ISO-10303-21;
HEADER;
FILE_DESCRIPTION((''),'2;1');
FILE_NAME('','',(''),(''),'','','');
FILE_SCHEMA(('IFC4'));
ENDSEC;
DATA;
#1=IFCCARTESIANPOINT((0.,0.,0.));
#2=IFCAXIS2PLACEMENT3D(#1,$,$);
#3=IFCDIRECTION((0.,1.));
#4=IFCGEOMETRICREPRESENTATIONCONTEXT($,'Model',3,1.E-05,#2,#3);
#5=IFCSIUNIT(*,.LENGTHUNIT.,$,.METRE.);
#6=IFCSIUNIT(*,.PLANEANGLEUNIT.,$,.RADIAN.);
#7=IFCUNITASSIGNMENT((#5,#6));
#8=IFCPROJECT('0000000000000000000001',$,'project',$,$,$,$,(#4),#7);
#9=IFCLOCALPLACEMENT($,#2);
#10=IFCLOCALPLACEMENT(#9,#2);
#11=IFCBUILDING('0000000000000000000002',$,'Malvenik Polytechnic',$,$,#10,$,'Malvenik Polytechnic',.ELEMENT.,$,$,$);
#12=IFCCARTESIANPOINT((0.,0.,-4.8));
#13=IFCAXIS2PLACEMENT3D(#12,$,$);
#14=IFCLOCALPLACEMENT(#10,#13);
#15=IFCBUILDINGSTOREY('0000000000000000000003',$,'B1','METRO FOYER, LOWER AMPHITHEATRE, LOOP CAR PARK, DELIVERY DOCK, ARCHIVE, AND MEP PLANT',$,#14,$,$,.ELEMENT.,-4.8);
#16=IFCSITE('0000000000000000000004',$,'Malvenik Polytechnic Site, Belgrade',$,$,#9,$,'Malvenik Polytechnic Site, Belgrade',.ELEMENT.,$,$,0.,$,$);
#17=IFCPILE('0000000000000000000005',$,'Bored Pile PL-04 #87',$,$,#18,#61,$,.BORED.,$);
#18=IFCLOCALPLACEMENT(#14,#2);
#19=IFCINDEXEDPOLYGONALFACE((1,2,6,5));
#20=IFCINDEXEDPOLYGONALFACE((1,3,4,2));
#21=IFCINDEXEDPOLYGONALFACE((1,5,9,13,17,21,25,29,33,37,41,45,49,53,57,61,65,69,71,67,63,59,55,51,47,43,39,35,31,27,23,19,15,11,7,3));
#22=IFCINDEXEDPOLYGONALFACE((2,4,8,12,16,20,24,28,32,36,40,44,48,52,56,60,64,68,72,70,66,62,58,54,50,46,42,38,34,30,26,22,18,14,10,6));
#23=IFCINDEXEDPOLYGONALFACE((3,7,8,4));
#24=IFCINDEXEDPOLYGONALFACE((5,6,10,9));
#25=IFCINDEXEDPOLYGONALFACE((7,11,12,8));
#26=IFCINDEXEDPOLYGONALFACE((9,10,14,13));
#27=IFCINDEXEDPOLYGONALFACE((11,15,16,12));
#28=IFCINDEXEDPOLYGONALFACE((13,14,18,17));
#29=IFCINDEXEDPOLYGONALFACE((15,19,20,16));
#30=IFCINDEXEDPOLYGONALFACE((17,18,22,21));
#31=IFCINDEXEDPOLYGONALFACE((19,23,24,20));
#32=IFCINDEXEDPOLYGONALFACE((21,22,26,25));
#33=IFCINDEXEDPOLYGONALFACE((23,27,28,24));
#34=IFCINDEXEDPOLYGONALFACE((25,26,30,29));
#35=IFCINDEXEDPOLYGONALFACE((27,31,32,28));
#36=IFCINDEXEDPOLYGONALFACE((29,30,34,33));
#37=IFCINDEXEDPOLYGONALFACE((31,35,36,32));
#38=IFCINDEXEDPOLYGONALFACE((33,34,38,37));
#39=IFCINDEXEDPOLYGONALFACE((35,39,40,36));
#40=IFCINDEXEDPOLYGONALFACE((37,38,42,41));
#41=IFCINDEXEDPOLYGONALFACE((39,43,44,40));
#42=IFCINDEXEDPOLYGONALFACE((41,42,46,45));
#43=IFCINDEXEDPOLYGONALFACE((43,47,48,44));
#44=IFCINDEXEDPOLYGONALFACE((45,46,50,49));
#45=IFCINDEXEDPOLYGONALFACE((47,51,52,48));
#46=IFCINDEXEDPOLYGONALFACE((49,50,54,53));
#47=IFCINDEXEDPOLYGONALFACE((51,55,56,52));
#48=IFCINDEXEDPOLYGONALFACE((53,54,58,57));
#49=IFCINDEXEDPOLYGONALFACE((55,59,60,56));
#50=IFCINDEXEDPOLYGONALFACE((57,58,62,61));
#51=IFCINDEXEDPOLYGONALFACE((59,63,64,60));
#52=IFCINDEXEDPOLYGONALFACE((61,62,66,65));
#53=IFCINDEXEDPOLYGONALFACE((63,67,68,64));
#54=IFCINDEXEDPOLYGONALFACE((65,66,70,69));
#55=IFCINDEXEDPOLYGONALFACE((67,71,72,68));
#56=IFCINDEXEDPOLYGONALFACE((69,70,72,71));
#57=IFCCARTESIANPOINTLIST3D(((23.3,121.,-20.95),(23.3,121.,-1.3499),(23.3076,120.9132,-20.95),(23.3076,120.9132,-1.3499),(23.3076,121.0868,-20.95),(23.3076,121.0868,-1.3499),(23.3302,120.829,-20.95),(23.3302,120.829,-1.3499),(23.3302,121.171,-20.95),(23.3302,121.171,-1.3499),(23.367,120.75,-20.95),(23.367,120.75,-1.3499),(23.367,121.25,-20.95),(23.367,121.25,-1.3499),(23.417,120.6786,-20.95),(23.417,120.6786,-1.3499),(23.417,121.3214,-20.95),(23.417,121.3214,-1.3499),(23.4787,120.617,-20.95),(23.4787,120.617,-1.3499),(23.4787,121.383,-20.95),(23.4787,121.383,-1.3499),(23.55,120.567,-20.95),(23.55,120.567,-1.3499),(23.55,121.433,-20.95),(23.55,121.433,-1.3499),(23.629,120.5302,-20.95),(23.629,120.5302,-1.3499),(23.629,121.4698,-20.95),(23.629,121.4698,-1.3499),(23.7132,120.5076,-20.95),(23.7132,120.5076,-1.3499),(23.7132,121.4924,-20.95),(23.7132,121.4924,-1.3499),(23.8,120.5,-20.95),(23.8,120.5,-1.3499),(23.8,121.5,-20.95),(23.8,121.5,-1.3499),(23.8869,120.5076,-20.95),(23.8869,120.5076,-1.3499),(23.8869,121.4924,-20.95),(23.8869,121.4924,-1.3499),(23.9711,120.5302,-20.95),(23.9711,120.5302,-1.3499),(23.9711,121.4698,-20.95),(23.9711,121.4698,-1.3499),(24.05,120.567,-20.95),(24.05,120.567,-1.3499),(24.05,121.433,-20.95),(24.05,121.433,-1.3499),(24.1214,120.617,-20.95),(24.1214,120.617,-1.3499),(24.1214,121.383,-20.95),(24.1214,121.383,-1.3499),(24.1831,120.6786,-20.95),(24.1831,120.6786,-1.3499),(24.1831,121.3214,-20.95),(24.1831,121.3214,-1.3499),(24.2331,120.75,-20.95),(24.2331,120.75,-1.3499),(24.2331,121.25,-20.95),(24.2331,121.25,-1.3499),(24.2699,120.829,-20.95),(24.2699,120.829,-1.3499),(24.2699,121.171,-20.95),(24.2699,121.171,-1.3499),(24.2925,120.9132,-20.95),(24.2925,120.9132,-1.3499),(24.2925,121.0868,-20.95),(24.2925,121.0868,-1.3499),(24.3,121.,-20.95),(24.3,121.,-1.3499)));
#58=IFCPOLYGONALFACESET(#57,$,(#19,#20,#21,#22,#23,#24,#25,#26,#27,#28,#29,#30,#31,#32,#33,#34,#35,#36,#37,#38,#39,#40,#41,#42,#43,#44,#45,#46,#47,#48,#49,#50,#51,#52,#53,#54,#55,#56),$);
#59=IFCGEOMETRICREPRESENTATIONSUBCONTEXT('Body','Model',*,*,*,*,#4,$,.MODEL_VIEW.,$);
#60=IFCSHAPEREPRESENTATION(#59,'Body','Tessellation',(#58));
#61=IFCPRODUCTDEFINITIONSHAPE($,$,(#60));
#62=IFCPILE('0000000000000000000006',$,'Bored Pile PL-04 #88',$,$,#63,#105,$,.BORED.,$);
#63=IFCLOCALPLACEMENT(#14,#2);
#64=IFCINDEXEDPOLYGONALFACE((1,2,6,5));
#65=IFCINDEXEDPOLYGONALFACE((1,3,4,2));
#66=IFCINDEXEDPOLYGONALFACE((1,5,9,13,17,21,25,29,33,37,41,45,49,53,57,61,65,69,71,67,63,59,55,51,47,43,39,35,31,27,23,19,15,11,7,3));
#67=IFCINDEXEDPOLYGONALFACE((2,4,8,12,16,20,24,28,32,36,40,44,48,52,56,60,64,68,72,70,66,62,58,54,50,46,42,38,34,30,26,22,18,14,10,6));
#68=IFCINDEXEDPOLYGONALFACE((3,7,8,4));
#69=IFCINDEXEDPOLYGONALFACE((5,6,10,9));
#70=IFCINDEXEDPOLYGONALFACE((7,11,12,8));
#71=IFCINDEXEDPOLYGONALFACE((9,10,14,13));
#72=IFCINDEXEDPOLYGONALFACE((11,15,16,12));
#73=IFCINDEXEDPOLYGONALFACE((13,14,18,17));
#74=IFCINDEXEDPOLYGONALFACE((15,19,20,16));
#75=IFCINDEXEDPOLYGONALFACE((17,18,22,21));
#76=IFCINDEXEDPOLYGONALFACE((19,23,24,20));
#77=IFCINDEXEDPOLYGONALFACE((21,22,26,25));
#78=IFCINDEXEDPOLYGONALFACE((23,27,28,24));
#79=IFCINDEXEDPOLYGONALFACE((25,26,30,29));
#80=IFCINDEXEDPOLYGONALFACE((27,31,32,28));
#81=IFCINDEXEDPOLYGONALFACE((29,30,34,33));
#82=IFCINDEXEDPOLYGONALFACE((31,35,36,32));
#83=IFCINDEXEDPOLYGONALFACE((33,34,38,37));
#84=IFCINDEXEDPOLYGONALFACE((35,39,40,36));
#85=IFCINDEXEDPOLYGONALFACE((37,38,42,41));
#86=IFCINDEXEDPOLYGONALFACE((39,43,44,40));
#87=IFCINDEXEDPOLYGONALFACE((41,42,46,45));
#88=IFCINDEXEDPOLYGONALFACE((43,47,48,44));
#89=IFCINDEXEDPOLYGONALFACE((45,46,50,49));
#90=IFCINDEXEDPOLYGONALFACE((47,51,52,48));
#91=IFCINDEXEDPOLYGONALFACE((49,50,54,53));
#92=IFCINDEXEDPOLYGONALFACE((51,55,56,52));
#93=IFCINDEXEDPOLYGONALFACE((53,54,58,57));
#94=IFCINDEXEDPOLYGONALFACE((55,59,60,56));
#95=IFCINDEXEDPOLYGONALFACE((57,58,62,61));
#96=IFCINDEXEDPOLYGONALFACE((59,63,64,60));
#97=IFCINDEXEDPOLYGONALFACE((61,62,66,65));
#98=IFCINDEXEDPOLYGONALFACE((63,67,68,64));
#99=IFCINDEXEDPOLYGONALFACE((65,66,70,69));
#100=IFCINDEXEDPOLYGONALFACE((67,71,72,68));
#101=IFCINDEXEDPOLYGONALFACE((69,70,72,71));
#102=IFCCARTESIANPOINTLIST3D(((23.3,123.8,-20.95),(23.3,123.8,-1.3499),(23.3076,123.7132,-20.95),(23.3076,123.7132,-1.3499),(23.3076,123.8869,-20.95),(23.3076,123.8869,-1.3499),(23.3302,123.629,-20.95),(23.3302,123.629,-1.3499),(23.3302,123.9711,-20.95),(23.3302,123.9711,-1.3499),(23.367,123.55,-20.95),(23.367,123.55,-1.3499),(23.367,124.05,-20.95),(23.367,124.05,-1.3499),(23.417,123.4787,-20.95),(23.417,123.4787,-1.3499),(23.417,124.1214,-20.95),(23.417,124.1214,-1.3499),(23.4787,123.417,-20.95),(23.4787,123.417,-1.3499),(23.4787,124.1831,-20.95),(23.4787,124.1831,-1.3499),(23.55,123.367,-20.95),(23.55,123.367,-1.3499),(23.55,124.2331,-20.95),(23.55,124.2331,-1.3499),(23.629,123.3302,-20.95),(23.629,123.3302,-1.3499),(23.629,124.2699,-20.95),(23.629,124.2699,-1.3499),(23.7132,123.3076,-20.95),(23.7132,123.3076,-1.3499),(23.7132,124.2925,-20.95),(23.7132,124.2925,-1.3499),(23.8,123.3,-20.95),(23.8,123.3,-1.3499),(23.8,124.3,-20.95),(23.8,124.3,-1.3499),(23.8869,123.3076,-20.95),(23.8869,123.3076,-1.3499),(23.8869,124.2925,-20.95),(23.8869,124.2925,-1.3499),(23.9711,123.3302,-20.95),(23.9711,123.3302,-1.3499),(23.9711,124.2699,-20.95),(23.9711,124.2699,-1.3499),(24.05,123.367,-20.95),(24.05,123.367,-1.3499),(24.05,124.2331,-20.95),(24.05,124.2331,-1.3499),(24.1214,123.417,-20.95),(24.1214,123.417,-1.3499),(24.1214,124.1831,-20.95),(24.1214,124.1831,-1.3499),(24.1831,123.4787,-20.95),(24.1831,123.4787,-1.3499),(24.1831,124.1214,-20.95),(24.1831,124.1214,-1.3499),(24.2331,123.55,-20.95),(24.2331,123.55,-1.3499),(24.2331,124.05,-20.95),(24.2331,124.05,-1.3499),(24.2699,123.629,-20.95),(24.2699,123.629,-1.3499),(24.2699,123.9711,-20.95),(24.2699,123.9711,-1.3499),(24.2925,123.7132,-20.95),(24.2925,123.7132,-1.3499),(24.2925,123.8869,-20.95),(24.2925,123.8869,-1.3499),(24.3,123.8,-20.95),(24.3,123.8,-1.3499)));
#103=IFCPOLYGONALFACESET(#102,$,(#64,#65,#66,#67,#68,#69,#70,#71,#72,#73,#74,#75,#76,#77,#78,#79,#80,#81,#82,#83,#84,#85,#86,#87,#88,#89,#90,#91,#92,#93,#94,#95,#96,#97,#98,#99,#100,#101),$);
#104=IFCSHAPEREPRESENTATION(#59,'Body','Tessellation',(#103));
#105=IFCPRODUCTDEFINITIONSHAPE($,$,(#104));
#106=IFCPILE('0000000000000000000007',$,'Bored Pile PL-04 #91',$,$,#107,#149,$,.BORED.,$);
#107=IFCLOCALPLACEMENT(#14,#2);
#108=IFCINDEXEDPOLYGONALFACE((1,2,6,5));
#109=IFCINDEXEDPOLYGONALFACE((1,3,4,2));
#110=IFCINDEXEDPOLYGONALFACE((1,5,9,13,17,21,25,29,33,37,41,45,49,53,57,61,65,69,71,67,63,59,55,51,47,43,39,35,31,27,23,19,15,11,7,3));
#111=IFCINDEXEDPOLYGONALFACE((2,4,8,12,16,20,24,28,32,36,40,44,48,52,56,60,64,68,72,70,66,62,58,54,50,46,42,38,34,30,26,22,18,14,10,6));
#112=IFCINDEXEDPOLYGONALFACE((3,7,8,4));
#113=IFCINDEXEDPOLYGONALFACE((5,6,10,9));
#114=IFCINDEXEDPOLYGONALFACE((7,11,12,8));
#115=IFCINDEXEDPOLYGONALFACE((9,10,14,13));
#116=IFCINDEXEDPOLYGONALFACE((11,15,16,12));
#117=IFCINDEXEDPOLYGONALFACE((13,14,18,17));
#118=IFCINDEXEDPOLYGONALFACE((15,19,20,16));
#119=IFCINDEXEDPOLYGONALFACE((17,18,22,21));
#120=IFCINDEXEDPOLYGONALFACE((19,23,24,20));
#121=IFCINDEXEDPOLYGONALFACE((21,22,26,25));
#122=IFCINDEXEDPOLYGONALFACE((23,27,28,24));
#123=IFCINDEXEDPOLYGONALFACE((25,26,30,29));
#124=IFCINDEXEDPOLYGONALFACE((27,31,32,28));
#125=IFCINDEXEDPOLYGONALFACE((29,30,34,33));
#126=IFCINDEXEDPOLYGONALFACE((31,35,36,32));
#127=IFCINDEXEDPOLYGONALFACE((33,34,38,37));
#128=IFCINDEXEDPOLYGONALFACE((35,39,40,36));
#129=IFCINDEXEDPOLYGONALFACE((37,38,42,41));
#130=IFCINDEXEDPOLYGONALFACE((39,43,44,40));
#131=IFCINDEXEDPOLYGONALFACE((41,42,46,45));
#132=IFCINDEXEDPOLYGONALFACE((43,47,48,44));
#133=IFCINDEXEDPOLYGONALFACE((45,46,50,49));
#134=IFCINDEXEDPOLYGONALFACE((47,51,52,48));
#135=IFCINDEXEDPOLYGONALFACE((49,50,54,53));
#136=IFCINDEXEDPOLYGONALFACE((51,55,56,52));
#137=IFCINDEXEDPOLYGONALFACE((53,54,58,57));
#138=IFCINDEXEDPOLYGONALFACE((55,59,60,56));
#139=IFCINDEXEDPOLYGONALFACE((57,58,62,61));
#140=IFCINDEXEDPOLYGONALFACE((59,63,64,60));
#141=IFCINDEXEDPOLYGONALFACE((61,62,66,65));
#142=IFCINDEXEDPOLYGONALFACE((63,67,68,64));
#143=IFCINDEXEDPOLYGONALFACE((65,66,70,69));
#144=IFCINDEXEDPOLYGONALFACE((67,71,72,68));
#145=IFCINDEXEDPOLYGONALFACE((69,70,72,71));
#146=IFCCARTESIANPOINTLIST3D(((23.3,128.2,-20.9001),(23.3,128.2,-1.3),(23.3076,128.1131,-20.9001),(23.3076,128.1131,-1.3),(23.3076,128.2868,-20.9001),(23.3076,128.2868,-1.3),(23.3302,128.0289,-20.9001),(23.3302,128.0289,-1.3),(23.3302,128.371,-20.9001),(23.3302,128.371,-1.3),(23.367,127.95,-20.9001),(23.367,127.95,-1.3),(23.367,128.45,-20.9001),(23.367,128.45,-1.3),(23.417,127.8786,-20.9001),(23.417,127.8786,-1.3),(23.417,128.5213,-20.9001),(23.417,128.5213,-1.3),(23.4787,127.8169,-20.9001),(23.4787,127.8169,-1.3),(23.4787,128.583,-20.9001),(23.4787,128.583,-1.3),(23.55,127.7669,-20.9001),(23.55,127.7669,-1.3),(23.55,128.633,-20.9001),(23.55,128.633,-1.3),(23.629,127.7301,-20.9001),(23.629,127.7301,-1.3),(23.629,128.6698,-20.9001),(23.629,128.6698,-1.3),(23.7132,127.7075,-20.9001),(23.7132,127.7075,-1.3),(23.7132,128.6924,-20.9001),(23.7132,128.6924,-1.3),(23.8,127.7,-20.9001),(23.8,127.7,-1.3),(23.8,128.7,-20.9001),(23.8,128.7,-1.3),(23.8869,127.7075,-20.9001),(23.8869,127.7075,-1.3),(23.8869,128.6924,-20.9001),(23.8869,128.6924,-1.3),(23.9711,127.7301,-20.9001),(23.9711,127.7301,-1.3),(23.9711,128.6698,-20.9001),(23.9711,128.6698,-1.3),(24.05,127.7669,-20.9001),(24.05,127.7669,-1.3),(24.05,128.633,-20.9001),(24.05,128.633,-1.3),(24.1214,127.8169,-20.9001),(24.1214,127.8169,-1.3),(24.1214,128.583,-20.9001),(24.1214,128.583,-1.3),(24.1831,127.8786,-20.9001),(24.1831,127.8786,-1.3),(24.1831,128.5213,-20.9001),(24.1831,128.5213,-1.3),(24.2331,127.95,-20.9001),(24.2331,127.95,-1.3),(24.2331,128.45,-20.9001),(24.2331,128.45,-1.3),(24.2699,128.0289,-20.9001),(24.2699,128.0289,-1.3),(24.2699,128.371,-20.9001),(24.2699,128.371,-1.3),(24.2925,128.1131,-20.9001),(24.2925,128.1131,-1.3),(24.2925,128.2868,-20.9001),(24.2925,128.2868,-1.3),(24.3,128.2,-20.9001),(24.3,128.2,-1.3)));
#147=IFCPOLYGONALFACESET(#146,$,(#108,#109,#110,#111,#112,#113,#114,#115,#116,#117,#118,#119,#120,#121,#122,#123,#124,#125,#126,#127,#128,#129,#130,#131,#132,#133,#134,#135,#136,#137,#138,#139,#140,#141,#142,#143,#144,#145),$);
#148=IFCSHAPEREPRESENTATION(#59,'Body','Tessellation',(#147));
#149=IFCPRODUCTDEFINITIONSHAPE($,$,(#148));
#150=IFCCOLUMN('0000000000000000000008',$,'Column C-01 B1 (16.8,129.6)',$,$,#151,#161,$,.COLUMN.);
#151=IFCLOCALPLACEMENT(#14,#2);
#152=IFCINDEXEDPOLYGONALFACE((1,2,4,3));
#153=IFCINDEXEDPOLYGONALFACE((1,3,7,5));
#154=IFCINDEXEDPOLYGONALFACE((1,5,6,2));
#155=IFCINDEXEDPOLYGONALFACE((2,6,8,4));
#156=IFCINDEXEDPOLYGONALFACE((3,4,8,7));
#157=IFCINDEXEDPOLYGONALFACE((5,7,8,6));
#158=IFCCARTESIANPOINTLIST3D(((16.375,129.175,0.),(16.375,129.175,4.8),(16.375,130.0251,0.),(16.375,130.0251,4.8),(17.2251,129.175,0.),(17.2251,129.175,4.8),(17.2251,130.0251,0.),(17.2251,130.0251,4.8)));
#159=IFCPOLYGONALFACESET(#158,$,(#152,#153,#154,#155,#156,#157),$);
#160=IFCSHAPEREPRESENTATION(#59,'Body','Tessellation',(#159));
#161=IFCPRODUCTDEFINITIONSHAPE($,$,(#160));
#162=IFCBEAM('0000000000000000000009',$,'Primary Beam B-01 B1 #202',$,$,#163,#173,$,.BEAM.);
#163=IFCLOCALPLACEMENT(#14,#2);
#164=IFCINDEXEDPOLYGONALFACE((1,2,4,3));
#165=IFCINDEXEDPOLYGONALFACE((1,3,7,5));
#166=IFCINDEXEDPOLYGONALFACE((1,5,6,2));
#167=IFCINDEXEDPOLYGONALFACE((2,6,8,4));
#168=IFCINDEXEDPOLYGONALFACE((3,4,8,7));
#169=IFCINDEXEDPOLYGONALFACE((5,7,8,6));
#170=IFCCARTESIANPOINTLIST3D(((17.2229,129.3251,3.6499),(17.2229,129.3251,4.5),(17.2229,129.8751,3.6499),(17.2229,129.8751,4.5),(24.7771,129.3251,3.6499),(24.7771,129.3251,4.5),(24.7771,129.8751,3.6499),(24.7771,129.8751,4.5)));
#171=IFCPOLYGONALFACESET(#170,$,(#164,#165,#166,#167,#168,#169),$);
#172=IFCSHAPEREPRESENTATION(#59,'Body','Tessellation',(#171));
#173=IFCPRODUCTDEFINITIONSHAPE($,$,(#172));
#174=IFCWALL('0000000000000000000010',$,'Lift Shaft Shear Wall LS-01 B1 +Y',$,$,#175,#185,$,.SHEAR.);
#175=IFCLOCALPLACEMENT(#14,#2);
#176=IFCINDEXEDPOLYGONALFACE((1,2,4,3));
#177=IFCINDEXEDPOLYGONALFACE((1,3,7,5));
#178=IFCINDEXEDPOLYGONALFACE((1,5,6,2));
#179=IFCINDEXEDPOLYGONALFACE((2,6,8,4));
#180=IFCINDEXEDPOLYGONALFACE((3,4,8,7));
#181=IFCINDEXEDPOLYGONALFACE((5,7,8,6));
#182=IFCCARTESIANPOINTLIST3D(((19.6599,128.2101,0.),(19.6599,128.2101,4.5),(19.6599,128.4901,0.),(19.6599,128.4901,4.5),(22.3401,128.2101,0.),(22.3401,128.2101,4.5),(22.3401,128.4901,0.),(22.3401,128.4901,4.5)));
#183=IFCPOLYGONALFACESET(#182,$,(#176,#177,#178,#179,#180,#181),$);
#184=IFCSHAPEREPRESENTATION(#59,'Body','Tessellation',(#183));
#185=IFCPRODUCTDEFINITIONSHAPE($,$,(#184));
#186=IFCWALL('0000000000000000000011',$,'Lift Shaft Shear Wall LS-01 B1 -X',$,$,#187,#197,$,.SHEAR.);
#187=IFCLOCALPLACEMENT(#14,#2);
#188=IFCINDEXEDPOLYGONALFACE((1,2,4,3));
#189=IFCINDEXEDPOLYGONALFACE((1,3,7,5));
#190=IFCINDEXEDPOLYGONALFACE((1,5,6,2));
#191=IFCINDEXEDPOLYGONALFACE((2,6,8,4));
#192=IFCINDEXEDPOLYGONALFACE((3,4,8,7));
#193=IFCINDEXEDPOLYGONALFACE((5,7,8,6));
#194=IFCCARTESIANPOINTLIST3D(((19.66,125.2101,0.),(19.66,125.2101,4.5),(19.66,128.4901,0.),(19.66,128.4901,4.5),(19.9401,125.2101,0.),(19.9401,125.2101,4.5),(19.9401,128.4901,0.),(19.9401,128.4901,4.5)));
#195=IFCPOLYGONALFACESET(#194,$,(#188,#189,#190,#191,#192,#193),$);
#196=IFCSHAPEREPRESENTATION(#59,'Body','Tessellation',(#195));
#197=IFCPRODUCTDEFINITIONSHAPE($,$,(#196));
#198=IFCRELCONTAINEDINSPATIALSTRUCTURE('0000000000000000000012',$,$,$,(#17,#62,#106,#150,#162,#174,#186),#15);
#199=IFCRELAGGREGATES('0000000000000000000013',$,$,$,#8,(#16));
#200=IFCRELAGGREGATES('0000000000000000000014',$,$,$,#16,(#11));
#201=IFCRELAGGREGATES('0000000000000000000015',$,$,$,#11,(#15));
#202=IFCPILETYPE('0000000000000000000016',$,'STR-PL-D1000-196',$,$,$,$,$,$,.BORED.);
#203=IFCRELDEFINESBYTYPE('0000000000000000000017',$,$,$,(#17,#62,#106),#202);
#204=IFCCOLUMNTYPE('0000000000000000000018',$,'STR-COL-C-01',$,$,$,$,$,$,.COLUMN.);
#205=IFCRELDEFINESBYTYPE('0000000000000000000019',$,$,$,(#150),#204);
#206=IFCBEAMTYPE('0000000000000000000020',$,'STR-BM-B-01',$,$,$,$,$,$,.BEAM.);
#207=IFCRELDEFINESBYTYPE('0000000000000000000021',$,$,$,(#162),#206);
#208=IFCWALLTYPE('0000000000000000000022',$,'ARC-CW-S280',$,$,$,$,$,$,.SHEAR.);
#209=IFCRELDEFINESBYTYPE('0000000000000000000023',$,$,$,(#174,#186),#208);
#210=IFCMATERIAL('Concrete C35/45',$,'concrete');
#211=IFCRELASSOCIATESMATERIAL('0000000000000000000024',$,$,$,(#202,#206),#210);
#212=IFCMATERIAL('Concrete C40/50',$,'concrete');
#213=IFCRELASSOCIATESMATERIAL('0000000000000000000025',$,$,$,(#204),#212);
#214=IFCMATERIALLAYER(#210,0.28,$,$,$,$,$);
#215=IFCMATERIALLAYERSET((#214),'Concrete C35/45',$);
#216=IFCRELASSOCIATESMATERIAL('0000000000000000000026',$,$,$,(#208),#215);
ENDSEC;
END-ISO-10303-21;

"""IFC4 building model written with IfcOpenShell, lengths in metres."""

from ifc_helpers import new_model, si_unit, direction, frame, frame_2d, origin, origin_2d, place, context, subcontext, project, spatial, rectangle, circle, extrude, material, layer, layer_set, material_profile, profile_set, type_object, element, save


model = new_model("IFC4")

# Units and contexts
model_context = context("Model", 3, precision=1e-05, world=origin(), true_north=direction((0.0, 1.0)))
body_context = subcontext(model_context, "Body", "Model", "MODEL_VIEW")
ifc_project = project(units=[si_unit("LENGTHUNIT", "METRE"), si_unit("PLANEANGLEUNIT", "RADIAN")], contexts=[model_context])

# Site, building, storey
site_placement = place(None, origin())
site = spatial("IfcSite", under=ifc_project, at=site_placement, Name="Malvenik Polytechnic Site, Belgrade", LongName="Malvenik Polytechnic Site, Belgrade", CompositionType="ELEMENT", RefElevation=0.0)
building_placement = place(site_placement, origin())
building = spatial("IfcBuilding", under=site, at=building_placement, Name="Malvenik Polytechnic", LongName="Malvenik Polytechnic", CompositionType="ELEMENT")
storey_placement = place(building_placement, frame((0.0, 0.0, -4.8)))
storey = spatial("IfcBuildingStorey", under=building, at=storey_placement, Name="B1", Description="METRO FOYER, LOWER AMPHITHEATRE, LOOP CAR PARK, DELIVERY DOCK, ARCHIVE, AND MEP PLANT", CompositionType="ELEMENT", Elevation=-4.8)

# Shared definitions
ifc_material_1 = material(Name="Concrete C35/45", Category="concrete")

# Piles
ifc_material_profile_1 = material_profile(ifc_material_1, circle(Radius=0.5, at=origin_2d()), Name="BORED PILE D1000")
ifc_profile_set_1 = profile_set([ifc_material_profile_1], Name="Concrete C35/45")
pile_type = type_object("IfcPileType", Name="STR-PL-D1000-196", PredefinedType="BORED", material=ifc_profile_set_1)
for number, where, z_axis, x_axis, name in (
    (1, (23.8, 121.0, -1.3499), (0.0, 0.0, -1.0), (1.0, 0.0, 0.0), "Bored Pile PL-04 #87"),
    (2, (23.8, 123.8, -1.3499), (0.0, 0.0, -1.0), (1.0, 0.0, 0.0), "Bored Pile PL-04 #88"),
    (3, (23.8, 128.2, -1.3), (0.0, 0.0, -1.0), (1.0, 0.0, 0.0), "Bored Pile PL-04 #91"),
):
    element("IfcPile", number, at=place(storey_placement, frame(where, z_axis=z_axis, x_axis=x_axis)), inside=storey, type_object=pile_type, Name=name, PredefinedType="BORED", context=body_context, shape_type="SweptSolid", body=[
        extrude(circle(Radius=0.5, at=origin_2d()), origin(), (0.0, 0.0, 1.0), 19.6001),
    ])

# Column
ifc_material_2 = material(Name="Concrete C40/50", Category="concrete")
ifc_material_profile_2 = material_profile(ifc_material_2, rectangle(XDim=0.8501, YDim=0.8501, at=origin_2d()), Name="RC COL 850x850")
ifc_profile_set_2 = profile_set([ifc_material_profile_2], Name="Concrete C40/50")
column_type = type_object("IfcColumnType", Name="STR-COL-C-01", PredefinedType="COLUMN", material=ifc_profile_set_2)
column_placement = place(storey_placement, frame((16.8, 129.6001, 0.0), z_axis=(0.0, 0.0, 1.0), x_axis=(1.0, 0.0, 0.0)))
element("IfcColumn", 4, at=column_placement, inside=storey, type_object=column_type, Name="Column C-01 B1 (16.8,129.6)", PredefinedType="COLUMN", context=body_context, shape_type="SweptSolid", body=[
    extrude(rectangle(XDim=0.8501, YDim=0.8501, at=origin_2d()), origin(), (0.0, 0.0, 1.0), 4.8),
])

# Beam
ifc_material_profile_3 = material_profile(ifc_material_1, rectangle(XDim=0.55, YDim=0.8501, at=origin_2d()), Name="RC BM 550x850")
ifc_profile_set_3 = profile_set([ifc_material_profile_3], Name="Concrete C35/45")
beam_type = type_object("IfcBeamType", Name="STR-BM-B-01", PredefinedType="BEAM", material=ifc_profile_set_3)
beam_placement = place(storey_placement, frame((17.2229, 129.6001, 4.075), z_axis=(1.0, 0.0, 0.0), x_axis=(0.0, 1.0, 0.0)))
element("IfcBeam", 5, at=beam_placement, inside=storey, type_object=beam_type, Name="Primary Beam B-01 B1 #202", PredefinedType="BEAM", context=body_context, shape_type="SweptSolid", body=[
    extrude(rectangle(XDim=0.55, YDim=0.8501, at=origin_2d()), origin(), (0.0, 0.0, 1.0), 7.5542),
])

# Shared definitions
ifc_layer_1 = layer(ifc_material_1, 0.28)
ifc_layer_set_1 = layer_set([ifc_layer_1], Name="Concrete C35/45")
wall_type_1 = type_object("IfcWallType", Name="ARC-CW-S280", PredefinedType="SHEAR", material=ifc_layer_set_1)

# Walls
wall_1_placement = place(storey_placement, frame((19.6599, 128.3501, 0.0), z_axis=(0.0, 0.0, 1.0), x_axis=(1.0, 0.0, 0.0)))
element("IfcWall", 6, at=wall_1_placement, inside=storey, type_object=wall_type_1, Name="Lift Shaft Shear Wall LS-01 B1 +Y", PredefinedType="SHEAR", context=body_context, shape_type="SweptSolid", body=[
    extrude(rectangle(XDim=2.6802, YDim=0.28, at=frame_2d((1.3401, 0.0))), origin(), (0.0, 0.0, 1.0), 4.5),
])
for number, where, z_axis, x_axis, name in (
    (7, (19.8, 125.21, 0.0), (0.0, 0.0, 1.0), (0.0, 1.0, 0.0), "Lift Shaft Shear Wall LS-01 B1 -X"),
):
    element("IfcWall", number, at=place(storey_placement, frame(where, z_axis=z_axis, x_axis=x_axis)), inside=storey, type_object=wall_type_1, Name=name, PredefinedType="SHEAR", context=body_context, shape_type="SweptSolid", body=[
        extrude(rectangle(XDim=3.28, YDim=0.28, at=frame_2d((1.6401, 0.0))), origin(), (0.0, 0.0, 1.0), 4.5),
    ])

save(model, "model.ifc")
